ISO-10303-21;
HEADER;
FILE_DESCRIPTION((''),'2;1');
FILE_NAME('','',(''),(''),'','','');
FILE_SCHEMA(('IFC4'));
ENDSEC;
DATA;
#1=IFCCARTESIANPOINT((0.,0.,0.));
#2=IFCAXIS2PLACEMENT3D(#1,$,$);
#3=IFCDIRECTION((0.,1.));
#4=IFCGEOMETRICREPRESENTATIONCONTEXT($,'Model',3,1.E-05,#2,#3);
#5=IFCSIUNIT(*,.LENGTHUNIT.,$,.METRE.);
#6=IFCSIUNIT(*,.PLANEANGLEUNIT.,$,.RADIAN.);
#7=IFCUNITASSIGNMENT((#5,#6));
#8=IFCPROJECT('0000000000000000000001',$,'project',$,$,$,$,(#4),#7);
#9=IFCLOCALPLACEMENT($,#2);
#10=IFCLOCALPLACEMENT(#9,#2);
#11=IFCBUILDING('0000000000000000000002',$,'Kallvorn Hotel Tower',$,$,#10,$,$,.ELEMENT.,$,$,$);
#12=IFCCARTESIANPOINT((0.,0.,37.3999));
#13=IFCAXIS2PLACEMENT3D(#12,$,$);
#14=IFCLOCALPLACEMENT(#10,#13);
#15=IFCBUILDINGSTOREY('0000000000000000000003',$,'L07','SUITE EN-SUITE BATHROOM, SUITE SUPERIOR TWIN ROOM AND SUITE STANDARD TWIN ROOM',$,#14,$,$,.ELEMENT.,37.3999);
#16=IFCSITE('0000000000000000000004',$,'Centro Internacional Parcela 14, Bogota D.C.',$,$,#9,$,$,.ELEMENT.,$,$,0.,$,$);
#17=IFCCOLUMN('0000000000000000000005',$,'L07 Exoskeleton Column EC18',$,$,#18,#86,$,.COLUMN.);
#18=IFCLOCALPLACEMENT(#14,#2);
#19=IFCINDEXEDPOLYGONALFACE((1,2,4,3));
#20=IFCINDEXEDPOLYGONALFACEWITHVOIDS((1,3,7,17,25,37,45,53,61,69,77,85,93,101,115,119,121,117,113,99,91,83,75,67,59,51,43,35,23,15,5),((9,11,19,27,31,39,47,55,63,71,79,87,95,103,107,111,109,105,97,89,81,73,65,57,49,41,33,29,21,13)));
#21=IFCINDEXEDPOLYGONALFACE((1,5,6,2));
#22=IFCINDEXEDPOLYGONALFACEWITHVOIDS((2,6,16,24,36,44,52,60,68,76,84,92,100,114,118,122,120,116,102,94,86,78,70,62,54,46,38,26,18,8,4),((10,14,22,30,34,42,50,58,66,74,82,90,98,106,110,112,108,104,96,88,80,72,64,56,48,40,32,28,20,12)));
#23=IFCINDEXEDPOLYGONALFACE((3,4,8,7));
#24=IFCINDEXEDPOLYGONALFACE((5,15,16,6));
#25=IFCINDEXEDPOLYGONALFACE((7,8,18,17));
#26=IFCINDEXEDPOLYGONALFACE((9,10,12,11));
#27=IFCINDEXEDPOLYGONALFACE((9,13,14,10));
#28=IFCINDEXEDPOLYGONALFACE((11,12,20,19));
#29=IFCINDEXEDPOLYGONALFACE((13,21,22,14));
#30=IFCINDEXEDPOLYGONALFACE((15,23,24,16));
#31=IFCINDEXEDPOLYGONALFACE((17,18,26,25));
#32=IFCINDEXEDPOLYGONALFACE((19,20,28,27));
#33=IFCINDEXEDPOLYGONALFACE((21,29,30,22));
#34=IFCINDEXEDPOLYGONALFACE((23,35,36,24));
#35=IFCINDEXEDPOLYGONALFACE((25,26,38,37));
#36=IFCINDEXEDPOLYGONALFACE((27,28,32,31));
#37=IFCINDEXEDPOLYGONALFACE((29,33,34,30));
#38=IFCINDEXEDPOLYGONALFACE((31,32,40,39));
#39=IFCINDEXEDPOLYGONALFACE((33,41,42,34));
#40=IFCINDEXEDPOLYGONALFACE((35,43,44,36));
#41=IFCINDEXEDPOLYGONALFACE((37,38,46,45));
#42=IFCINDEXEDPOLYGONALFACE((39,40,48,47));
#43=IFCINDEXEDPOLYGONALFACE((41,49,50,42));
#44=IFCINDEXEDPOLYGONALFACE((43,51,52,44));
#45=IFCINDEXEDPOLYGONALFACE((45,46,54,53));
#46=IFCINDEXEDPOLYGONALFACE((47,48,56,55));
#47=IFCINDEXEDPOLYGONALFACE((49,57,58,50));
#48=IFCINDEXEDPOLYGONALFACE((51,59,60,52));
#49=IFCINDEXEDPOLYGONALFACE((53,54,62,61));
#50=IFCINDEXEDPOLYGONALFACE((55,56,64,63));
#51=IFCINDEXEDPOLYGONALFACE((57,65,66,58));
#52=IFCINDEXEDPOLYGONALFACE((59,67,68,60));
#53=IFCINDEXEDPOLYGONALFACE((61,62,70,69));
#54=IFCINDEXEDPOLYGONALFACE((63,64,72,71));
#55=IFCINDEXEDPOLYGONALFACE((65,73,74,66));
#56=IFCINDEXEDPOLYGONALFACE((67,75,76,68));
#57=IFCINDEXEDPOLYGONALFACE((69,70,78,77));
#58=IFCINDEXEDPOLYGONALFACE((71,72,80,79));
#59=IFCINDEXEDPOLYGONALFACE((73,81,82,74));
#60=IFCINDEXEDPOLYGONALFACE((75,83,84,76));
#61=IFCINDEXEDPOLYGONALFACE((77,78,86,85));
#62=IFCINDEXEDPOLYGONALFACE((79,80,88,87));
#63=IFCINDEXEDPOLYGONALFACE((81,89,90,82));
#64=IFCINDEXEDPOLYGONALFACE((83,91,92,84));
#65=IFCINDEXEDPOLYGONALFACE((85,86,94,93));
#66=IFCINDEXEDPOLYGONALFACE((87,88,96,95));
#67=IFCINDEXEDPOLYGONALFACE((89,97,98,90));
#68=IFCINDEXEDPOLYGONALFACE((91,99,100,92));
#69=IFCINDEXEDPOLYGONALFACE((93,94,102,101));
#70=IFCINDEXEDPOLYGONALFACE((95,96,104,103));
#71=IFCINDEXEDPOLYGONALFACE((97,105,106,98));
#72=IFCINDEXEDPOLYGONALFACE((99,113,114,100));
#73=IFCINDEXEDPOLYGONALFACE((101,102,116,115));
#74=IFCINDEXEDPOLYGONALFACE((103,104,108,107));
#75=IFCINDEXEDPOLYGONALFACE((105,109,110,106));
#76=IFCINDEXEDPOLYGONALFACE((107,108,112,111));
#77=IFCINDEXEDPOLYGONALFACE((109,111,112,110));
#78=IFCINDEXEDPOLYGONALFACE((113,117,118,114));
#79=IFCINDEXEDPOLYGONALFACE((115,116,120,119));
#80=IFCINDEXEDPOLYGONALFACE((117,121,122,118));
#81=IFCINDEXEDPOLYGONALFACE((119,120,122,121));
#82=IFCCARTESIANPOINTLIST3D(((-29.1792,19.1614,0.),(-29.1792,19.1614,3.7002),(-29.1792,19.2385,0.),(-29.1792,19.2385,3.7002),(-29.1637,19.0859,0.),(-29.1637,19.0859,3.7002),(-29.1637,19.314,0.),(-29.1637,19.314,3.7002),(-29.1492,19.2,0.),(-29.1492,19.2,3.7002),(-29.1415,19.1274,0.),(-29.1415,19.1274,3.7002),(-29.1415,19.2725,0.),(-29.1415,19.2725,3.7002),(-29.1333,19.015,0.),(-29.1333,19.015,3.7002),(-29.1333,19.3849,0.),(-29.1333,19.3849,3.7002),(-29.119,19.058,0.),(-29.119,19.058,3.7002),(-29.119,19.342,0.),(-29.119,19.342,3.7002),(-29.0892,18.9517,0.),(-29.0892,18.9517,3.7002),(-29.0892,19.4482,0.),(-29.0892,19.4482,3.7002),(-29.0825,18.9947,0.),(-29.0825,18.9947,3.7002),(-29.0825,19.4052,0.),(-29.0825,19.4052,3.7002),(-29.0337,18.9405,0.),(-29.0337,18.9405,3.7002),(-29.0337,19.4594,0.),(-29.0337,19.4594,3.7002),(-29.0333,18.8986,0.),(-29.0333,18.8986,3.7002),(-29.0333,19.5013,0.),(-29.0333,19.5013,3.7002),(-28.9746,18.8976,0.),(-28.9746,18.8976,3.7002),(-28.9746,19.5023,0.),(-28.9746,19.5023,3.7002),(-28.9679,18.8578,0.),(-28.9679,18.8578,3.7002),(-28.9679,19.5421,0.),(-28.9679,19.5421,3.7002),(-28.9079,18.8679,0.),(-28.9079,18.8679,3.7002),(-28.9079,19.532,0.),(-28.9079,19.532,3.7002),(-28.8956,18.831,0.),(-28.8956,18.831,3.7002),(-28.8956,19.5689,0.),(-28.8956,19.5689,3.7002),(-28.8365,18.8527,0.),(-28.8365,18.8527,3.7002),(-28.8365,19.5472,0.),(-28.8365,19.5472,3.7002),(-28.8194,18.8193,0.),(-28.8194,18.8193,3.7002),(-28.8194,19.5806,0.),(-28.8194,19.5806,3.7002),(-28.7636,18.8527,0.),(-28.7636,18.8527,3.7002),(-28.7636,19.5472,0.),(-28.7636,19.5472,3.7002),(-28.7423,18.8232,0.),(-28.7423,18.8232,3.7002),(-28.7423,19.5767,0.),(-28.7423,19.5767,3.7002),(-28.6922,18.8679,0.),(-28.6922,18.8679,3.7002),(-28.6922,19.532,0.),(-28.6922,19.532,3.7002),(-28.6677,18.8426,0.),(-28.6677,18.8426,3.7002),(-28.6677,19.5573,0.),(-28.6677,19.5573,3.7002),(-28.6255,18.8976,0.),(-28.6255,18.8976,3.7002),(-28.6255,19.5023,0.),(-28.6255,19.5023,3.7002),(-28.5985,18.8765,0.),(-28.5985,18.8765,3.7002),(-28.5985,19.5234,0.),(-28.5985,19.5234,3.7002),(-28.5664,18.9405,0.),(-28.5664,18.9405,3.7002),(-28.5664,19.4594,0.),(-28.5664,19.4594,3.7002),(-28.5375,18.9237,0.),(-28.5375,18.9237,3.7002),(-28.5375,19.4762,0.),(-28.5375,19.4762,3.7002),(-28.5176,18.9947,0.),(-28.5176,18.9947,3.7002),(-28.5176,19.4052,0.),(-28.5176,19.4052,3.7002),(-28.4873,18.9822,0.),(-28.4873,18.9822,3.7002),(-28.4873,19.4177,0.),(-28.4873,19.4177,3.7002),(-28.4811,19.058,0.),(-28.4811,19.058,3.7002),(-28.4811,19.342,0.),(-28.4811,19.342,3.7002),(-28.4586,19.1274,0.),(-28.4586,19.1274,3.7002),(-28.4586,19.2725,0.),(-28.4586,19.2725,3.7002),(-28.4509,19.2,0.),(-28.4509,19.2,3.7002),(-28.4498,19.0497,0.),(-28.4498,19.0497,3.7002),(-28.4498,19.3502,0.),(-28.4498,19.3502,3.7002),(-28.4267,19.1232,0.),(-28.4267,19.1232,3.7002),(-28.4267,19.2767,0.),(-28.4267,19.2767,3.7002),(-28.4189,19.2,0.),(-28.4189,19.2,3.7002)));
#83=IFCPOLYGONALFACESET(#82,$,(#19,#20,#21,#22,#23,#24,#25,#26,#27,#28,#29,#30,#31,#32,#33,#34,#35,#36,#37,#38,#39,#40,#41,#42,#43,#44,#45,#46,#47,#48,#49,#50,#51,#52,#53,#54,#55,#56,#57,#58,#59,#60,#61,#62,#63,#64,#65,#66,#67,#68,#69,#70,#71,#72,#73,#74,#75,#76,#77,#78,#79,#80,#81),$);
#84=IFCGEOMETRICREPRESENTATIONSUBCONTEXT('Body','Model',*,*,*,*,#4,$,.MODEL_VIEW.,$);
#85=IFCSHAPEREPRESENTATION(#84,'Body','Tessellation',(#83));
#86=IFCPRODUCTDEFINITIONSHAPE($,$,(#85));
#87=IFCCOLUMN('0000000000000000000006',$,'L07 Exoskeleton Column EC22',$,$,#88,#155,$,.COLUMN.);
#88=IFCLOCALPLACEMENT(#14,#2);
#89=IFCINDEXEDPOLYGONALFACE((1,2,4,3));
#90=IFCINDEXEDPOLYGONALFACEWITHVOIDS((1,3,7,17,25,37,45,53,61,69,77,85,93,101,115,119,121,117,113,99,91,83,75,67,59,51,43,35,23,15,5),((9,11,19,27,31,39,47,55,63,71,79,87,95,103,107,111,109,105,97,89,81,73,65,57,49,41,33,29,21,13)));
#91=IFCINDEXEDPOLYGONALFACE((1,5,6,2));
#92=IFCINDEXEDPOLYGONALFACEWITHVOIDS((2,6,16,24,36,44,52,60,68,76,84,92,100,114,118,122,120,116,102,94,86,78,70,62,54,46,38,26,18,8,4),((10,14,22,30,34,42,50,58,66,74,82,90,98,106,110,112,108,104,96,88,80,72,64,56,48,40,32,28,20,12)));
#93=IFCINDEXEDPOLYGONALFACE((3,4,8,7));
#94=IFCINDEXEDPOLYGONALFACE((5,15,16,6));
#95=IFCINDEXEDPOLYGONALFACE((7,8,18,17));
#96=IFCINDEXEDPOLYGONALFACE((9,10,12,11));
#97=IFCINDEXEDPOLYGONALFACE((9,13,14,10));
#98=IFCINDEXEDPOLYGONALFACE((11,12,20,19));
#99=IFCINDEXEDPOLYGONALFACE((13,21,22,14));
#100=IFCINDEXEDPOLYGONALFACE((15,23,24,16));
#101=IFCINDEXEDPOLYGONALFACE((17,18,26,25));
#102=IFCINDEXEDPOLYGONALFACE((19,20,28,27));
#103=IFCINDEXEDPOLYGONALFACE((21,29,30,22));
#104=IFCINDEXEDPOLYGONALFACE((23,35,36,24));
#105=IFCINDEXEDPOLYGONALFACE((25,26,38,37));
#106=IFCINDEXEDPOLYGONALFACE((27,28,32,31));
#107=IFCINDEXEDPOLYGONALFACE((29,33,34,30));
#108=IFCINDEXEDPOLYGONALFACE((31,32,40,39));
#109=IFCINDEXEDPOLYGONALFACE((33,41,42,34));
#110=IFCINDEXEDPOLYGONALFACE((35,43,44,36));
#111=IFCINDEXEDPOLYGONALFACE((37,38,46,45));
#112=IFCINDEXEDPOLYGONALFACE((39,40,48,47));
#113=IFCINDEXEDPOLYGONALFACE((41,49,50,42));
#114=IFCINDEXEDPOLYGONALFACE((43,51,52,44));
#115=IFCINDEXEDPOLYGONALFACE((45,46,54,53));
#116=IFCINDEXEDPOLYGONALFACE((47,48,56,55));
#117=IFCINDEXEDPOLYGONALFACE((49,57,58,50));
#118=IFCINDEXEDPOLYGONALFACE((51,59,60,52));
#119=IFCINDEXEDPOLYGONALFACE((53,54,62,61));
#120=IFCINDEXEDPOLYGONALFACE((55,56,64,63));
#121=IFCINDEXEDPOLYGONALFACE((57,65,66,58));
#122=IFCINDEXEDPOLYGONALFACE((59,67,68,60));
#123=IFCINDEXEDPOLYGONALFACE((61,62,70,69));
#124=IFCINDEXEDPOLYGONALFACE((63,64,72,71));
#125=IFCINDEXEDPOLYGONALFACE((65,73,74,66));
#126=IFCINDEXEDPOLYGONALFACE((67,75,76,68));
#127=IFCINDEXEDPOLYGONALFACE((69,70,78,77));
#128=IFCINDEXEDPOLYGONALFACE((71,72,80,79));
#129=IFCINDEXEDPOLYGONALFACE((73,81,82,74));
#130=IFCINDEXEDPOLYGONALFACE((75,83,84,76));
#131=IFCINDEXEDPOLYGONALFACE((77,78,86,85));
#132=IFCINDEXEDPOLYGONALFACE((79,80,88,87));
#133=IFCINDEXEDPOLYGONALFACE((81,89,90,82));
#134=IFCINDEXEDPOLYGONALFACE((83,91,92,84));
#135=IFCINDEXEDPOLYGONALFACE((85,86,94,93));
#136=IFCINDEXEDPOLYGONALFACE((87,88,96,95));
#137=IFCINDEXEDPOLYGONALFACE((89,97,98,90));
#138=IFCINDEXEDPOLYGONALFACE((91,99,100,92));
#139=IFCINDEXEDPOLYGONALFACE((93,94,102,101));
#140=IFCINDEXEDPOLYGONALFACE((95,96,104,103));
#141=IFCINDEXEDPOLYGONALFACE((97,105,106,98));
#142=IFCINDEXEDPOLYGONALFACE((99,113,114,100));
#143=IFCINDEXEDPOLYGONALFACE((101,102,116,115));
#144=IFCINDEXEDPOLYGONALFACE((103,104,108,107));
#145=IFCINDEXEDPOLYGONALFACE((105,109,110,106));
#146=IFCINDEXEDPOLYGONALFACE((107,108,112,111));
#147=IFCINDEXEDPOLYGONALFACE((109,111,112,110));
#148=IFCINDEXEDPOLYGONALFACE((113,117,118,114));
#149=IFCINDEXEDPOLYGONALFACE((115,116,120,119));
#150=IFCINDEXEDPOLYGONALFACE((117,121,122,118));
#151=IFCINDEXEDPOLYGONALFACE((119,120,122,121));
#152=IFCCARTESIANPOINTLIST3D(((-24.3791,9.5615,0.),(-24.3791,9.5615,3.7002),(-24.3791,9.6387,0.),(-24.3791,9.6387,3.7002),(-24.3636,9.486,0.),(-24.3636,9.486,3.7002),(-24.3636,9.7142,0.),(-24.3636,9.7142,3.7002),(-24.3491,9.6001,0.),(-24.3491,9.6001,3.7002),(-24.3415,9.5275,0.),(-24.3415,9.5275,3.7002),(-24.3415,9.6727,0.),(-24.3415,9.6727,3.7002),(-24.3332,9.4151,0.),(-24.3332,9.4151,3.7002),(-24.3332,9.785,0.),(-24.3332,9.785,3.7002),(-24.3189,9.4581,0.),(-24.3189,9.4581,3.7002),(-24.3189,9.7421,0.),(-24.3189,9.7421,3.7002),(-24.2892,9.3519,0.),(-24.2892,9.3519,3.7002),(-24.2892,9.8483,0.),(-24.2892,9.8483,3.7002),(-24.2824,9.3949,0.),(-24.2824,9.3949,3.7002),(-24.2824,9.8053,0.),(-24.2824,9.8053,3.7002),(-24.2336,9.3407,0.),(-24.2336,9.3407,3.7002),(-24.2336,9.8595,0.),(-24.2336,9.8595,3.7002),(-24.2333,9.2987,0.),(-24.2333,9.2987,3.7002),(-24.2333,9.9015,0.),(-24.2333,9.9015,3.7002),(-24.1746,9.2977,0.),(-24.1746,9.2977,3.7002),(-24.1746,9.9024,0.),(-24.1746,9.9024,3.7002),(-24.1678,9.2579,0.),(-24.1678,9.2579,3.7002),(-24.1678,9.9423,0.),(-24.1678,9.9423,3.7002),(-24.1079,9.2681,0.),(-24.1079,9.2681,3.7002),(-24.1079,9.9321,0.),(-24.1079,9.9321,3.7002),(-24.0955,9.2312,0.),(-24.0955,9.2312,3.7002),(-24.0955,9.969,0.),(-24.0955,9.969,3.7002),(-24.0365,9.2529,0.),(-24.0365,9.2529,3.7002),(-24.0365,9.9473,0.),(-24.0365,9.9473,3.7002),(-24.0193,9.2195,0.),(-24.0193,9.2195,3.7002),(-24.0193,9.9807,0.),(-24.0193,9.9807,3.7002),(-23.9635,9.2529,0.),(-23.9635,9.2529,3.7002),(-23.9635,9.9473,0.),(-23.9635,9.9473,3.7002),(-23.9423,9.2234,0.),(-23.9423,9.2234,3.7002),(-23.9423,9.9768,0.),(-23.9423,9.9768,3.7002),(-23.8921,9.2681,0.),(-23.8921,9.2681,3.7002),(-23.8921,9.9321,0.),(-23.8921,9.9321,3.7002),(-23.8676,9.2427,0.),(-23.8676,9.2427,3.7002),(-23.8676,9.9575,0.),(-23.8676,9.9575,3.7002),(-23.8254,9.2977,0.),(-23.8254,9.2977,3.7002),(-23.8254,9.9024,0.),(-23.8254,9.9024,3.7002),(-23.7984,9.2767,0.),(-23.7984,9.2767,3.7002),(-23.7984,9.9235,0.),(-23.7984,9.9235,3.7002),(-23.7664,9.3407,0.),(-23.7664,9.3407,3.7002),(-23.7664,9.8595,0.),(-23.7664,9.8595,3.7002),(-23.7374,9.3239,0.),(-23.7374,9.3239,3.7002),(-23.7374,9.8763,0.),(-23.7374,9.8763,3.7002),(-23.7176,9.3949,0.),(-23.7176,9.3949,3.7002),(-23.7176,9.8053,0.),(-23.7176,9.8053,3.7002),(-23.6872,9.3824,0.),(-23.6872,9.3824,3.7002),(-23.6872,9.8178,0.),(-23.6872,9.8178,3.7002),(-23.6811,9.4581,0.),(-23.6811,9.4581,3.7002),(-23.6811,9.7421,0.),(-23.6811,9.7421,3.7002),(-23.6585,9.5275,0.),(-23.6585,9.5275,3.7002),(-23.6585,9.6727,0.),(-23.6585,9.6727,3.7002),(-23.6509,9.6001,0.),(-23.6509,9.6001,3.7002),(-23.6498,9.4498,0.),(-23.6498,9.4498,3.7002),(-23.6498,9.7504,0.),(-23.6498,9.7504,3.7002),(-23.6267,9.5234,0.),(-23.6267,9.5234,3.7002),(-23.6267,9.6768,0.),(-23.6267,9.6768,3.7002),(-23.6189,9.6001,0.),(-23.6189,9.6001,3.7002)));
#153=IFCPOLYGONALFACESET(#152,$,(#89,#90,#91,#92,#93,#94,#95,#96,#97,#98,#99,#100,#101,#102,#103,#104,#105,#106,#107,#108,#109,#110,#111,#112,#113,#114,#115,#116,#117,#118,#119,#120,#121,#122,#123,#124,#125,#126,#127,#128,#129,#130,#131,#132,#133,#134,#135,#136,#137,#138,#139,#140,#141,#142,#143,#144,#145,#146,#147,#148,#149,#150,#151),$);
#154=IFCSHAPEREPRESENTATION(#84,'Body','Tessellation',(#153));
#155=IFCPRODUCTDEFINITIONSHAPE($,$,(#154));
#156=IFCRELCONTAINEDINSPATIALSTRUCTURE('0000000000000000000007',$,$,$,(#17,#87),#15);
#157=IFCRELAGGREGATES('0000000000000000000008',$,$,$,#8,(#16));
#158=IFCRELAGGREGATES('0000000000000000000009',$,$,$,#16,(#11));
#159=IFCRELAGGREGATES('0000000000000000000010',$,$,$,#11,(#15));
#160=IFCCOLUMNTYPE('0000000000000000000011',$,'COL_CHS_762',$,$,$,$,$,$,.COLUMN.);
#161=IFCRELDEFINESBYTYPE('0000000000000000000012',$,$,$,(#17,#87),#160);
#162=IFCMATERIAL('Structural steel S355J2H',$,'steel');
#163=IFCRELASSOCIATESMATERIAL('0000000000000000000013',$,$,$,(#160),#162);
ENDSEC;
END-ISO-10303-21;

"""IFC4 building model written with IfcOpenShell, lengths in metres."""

from ifc_helpers import new_model, si_unit, direction, frame, origin, origin_2d, place, context, subcontext, project, spatial, hollow_circle, extrude, material, material_profile, profile_set, type_object, element, save


model = new_model("IFC4")

# Units and contexts
model_context = context("Model", 3, precision=1e-05, world=origin(), true_north=direction((0.0, 1.0)))
body_context = subcontext(model_context, "Body", "Model", "MODEL_VIEW")
ifc_project = project(units=[si_unit("LENGTHUNIT", "METRE"), si_unit("PLANEANGLEUNIT", "RADIAN")], contexts=[model_context])

# Site, building, storey
site_placement = place(None, origin())
site = spatial("IfcSite", under=ifc_project, at=site_placement, Name="Centro Internacional Parcela 14, Bogota D.C.", CompositionType="ELEMENT", RefElevation=0.0)
building_placement = place(site_placement, origin())
building = spatial("IfcBuilding", under=site, at=building_placement, Name="Kallvorn Hotel Tower", CompositionType="ELEMENT")
storey_placement = place(building_placement, frame((0.0, 0.0, 37.3999)))
storey = spatial("IfcBuildingStorey", under=building, at=storey_placement, Name="L07", Description="SUITE EN-SUITE BATHROOM, SUITE SUPERIOR TWIN ROOM AND SUITE STANDARD TWIN ROOM", CompositionType="ELEMENT", Elevation=37.3999)

# Columns
ifc_material_1 = material(Name="Structural steel S355J2H", Category="steel")
ifc_material_profile_1 = material_profile(ifc_material_1, hollow_circle(Radius=0.3811, WallThickness=0.032, at=origin_2d()), Name="CHS 762x32")
ifc_profile_set_1 = profile_set([ifc_material_profile_1], Name="Structural steel S355J2H")
column_type_1 = type_object("IfcColumnType", Name="COL_CHS_762", PredefinedType="COLUMN", material=ifc_profile_set_1)
for number, where, z_axis, x_axis, name in (
    (1, (-28.8, 19.2, 0.0), (0.0, 0.0, 1.0), (1.0, 0.0, 0.0), "L07 Exoskeleton Column EC18"),
    (2, (-24.0, 9.6001, 0.0), (0.0, 0.0, 1.0), (1.0, 0.0, 0.0), "L07 Exoskeleton Column EC22"),
):
    element("IfcColumn", number, at=place(storey_placement, frame(where, z_axis=z_axis, x_axis=x_axis)), inside=storey, type_object=column_type_1, Name=name, PredefinedType="COLUMN", context=body_context, shape_type="SweptSolid", body=[
        extrude(hollow_circle(Radius=0.3811, WallThickness=0.032, at=origin_2d()), origin(), (0.0, 0.0, 1.0), 3.7002),
    ])

save(model, "model.ifc")
